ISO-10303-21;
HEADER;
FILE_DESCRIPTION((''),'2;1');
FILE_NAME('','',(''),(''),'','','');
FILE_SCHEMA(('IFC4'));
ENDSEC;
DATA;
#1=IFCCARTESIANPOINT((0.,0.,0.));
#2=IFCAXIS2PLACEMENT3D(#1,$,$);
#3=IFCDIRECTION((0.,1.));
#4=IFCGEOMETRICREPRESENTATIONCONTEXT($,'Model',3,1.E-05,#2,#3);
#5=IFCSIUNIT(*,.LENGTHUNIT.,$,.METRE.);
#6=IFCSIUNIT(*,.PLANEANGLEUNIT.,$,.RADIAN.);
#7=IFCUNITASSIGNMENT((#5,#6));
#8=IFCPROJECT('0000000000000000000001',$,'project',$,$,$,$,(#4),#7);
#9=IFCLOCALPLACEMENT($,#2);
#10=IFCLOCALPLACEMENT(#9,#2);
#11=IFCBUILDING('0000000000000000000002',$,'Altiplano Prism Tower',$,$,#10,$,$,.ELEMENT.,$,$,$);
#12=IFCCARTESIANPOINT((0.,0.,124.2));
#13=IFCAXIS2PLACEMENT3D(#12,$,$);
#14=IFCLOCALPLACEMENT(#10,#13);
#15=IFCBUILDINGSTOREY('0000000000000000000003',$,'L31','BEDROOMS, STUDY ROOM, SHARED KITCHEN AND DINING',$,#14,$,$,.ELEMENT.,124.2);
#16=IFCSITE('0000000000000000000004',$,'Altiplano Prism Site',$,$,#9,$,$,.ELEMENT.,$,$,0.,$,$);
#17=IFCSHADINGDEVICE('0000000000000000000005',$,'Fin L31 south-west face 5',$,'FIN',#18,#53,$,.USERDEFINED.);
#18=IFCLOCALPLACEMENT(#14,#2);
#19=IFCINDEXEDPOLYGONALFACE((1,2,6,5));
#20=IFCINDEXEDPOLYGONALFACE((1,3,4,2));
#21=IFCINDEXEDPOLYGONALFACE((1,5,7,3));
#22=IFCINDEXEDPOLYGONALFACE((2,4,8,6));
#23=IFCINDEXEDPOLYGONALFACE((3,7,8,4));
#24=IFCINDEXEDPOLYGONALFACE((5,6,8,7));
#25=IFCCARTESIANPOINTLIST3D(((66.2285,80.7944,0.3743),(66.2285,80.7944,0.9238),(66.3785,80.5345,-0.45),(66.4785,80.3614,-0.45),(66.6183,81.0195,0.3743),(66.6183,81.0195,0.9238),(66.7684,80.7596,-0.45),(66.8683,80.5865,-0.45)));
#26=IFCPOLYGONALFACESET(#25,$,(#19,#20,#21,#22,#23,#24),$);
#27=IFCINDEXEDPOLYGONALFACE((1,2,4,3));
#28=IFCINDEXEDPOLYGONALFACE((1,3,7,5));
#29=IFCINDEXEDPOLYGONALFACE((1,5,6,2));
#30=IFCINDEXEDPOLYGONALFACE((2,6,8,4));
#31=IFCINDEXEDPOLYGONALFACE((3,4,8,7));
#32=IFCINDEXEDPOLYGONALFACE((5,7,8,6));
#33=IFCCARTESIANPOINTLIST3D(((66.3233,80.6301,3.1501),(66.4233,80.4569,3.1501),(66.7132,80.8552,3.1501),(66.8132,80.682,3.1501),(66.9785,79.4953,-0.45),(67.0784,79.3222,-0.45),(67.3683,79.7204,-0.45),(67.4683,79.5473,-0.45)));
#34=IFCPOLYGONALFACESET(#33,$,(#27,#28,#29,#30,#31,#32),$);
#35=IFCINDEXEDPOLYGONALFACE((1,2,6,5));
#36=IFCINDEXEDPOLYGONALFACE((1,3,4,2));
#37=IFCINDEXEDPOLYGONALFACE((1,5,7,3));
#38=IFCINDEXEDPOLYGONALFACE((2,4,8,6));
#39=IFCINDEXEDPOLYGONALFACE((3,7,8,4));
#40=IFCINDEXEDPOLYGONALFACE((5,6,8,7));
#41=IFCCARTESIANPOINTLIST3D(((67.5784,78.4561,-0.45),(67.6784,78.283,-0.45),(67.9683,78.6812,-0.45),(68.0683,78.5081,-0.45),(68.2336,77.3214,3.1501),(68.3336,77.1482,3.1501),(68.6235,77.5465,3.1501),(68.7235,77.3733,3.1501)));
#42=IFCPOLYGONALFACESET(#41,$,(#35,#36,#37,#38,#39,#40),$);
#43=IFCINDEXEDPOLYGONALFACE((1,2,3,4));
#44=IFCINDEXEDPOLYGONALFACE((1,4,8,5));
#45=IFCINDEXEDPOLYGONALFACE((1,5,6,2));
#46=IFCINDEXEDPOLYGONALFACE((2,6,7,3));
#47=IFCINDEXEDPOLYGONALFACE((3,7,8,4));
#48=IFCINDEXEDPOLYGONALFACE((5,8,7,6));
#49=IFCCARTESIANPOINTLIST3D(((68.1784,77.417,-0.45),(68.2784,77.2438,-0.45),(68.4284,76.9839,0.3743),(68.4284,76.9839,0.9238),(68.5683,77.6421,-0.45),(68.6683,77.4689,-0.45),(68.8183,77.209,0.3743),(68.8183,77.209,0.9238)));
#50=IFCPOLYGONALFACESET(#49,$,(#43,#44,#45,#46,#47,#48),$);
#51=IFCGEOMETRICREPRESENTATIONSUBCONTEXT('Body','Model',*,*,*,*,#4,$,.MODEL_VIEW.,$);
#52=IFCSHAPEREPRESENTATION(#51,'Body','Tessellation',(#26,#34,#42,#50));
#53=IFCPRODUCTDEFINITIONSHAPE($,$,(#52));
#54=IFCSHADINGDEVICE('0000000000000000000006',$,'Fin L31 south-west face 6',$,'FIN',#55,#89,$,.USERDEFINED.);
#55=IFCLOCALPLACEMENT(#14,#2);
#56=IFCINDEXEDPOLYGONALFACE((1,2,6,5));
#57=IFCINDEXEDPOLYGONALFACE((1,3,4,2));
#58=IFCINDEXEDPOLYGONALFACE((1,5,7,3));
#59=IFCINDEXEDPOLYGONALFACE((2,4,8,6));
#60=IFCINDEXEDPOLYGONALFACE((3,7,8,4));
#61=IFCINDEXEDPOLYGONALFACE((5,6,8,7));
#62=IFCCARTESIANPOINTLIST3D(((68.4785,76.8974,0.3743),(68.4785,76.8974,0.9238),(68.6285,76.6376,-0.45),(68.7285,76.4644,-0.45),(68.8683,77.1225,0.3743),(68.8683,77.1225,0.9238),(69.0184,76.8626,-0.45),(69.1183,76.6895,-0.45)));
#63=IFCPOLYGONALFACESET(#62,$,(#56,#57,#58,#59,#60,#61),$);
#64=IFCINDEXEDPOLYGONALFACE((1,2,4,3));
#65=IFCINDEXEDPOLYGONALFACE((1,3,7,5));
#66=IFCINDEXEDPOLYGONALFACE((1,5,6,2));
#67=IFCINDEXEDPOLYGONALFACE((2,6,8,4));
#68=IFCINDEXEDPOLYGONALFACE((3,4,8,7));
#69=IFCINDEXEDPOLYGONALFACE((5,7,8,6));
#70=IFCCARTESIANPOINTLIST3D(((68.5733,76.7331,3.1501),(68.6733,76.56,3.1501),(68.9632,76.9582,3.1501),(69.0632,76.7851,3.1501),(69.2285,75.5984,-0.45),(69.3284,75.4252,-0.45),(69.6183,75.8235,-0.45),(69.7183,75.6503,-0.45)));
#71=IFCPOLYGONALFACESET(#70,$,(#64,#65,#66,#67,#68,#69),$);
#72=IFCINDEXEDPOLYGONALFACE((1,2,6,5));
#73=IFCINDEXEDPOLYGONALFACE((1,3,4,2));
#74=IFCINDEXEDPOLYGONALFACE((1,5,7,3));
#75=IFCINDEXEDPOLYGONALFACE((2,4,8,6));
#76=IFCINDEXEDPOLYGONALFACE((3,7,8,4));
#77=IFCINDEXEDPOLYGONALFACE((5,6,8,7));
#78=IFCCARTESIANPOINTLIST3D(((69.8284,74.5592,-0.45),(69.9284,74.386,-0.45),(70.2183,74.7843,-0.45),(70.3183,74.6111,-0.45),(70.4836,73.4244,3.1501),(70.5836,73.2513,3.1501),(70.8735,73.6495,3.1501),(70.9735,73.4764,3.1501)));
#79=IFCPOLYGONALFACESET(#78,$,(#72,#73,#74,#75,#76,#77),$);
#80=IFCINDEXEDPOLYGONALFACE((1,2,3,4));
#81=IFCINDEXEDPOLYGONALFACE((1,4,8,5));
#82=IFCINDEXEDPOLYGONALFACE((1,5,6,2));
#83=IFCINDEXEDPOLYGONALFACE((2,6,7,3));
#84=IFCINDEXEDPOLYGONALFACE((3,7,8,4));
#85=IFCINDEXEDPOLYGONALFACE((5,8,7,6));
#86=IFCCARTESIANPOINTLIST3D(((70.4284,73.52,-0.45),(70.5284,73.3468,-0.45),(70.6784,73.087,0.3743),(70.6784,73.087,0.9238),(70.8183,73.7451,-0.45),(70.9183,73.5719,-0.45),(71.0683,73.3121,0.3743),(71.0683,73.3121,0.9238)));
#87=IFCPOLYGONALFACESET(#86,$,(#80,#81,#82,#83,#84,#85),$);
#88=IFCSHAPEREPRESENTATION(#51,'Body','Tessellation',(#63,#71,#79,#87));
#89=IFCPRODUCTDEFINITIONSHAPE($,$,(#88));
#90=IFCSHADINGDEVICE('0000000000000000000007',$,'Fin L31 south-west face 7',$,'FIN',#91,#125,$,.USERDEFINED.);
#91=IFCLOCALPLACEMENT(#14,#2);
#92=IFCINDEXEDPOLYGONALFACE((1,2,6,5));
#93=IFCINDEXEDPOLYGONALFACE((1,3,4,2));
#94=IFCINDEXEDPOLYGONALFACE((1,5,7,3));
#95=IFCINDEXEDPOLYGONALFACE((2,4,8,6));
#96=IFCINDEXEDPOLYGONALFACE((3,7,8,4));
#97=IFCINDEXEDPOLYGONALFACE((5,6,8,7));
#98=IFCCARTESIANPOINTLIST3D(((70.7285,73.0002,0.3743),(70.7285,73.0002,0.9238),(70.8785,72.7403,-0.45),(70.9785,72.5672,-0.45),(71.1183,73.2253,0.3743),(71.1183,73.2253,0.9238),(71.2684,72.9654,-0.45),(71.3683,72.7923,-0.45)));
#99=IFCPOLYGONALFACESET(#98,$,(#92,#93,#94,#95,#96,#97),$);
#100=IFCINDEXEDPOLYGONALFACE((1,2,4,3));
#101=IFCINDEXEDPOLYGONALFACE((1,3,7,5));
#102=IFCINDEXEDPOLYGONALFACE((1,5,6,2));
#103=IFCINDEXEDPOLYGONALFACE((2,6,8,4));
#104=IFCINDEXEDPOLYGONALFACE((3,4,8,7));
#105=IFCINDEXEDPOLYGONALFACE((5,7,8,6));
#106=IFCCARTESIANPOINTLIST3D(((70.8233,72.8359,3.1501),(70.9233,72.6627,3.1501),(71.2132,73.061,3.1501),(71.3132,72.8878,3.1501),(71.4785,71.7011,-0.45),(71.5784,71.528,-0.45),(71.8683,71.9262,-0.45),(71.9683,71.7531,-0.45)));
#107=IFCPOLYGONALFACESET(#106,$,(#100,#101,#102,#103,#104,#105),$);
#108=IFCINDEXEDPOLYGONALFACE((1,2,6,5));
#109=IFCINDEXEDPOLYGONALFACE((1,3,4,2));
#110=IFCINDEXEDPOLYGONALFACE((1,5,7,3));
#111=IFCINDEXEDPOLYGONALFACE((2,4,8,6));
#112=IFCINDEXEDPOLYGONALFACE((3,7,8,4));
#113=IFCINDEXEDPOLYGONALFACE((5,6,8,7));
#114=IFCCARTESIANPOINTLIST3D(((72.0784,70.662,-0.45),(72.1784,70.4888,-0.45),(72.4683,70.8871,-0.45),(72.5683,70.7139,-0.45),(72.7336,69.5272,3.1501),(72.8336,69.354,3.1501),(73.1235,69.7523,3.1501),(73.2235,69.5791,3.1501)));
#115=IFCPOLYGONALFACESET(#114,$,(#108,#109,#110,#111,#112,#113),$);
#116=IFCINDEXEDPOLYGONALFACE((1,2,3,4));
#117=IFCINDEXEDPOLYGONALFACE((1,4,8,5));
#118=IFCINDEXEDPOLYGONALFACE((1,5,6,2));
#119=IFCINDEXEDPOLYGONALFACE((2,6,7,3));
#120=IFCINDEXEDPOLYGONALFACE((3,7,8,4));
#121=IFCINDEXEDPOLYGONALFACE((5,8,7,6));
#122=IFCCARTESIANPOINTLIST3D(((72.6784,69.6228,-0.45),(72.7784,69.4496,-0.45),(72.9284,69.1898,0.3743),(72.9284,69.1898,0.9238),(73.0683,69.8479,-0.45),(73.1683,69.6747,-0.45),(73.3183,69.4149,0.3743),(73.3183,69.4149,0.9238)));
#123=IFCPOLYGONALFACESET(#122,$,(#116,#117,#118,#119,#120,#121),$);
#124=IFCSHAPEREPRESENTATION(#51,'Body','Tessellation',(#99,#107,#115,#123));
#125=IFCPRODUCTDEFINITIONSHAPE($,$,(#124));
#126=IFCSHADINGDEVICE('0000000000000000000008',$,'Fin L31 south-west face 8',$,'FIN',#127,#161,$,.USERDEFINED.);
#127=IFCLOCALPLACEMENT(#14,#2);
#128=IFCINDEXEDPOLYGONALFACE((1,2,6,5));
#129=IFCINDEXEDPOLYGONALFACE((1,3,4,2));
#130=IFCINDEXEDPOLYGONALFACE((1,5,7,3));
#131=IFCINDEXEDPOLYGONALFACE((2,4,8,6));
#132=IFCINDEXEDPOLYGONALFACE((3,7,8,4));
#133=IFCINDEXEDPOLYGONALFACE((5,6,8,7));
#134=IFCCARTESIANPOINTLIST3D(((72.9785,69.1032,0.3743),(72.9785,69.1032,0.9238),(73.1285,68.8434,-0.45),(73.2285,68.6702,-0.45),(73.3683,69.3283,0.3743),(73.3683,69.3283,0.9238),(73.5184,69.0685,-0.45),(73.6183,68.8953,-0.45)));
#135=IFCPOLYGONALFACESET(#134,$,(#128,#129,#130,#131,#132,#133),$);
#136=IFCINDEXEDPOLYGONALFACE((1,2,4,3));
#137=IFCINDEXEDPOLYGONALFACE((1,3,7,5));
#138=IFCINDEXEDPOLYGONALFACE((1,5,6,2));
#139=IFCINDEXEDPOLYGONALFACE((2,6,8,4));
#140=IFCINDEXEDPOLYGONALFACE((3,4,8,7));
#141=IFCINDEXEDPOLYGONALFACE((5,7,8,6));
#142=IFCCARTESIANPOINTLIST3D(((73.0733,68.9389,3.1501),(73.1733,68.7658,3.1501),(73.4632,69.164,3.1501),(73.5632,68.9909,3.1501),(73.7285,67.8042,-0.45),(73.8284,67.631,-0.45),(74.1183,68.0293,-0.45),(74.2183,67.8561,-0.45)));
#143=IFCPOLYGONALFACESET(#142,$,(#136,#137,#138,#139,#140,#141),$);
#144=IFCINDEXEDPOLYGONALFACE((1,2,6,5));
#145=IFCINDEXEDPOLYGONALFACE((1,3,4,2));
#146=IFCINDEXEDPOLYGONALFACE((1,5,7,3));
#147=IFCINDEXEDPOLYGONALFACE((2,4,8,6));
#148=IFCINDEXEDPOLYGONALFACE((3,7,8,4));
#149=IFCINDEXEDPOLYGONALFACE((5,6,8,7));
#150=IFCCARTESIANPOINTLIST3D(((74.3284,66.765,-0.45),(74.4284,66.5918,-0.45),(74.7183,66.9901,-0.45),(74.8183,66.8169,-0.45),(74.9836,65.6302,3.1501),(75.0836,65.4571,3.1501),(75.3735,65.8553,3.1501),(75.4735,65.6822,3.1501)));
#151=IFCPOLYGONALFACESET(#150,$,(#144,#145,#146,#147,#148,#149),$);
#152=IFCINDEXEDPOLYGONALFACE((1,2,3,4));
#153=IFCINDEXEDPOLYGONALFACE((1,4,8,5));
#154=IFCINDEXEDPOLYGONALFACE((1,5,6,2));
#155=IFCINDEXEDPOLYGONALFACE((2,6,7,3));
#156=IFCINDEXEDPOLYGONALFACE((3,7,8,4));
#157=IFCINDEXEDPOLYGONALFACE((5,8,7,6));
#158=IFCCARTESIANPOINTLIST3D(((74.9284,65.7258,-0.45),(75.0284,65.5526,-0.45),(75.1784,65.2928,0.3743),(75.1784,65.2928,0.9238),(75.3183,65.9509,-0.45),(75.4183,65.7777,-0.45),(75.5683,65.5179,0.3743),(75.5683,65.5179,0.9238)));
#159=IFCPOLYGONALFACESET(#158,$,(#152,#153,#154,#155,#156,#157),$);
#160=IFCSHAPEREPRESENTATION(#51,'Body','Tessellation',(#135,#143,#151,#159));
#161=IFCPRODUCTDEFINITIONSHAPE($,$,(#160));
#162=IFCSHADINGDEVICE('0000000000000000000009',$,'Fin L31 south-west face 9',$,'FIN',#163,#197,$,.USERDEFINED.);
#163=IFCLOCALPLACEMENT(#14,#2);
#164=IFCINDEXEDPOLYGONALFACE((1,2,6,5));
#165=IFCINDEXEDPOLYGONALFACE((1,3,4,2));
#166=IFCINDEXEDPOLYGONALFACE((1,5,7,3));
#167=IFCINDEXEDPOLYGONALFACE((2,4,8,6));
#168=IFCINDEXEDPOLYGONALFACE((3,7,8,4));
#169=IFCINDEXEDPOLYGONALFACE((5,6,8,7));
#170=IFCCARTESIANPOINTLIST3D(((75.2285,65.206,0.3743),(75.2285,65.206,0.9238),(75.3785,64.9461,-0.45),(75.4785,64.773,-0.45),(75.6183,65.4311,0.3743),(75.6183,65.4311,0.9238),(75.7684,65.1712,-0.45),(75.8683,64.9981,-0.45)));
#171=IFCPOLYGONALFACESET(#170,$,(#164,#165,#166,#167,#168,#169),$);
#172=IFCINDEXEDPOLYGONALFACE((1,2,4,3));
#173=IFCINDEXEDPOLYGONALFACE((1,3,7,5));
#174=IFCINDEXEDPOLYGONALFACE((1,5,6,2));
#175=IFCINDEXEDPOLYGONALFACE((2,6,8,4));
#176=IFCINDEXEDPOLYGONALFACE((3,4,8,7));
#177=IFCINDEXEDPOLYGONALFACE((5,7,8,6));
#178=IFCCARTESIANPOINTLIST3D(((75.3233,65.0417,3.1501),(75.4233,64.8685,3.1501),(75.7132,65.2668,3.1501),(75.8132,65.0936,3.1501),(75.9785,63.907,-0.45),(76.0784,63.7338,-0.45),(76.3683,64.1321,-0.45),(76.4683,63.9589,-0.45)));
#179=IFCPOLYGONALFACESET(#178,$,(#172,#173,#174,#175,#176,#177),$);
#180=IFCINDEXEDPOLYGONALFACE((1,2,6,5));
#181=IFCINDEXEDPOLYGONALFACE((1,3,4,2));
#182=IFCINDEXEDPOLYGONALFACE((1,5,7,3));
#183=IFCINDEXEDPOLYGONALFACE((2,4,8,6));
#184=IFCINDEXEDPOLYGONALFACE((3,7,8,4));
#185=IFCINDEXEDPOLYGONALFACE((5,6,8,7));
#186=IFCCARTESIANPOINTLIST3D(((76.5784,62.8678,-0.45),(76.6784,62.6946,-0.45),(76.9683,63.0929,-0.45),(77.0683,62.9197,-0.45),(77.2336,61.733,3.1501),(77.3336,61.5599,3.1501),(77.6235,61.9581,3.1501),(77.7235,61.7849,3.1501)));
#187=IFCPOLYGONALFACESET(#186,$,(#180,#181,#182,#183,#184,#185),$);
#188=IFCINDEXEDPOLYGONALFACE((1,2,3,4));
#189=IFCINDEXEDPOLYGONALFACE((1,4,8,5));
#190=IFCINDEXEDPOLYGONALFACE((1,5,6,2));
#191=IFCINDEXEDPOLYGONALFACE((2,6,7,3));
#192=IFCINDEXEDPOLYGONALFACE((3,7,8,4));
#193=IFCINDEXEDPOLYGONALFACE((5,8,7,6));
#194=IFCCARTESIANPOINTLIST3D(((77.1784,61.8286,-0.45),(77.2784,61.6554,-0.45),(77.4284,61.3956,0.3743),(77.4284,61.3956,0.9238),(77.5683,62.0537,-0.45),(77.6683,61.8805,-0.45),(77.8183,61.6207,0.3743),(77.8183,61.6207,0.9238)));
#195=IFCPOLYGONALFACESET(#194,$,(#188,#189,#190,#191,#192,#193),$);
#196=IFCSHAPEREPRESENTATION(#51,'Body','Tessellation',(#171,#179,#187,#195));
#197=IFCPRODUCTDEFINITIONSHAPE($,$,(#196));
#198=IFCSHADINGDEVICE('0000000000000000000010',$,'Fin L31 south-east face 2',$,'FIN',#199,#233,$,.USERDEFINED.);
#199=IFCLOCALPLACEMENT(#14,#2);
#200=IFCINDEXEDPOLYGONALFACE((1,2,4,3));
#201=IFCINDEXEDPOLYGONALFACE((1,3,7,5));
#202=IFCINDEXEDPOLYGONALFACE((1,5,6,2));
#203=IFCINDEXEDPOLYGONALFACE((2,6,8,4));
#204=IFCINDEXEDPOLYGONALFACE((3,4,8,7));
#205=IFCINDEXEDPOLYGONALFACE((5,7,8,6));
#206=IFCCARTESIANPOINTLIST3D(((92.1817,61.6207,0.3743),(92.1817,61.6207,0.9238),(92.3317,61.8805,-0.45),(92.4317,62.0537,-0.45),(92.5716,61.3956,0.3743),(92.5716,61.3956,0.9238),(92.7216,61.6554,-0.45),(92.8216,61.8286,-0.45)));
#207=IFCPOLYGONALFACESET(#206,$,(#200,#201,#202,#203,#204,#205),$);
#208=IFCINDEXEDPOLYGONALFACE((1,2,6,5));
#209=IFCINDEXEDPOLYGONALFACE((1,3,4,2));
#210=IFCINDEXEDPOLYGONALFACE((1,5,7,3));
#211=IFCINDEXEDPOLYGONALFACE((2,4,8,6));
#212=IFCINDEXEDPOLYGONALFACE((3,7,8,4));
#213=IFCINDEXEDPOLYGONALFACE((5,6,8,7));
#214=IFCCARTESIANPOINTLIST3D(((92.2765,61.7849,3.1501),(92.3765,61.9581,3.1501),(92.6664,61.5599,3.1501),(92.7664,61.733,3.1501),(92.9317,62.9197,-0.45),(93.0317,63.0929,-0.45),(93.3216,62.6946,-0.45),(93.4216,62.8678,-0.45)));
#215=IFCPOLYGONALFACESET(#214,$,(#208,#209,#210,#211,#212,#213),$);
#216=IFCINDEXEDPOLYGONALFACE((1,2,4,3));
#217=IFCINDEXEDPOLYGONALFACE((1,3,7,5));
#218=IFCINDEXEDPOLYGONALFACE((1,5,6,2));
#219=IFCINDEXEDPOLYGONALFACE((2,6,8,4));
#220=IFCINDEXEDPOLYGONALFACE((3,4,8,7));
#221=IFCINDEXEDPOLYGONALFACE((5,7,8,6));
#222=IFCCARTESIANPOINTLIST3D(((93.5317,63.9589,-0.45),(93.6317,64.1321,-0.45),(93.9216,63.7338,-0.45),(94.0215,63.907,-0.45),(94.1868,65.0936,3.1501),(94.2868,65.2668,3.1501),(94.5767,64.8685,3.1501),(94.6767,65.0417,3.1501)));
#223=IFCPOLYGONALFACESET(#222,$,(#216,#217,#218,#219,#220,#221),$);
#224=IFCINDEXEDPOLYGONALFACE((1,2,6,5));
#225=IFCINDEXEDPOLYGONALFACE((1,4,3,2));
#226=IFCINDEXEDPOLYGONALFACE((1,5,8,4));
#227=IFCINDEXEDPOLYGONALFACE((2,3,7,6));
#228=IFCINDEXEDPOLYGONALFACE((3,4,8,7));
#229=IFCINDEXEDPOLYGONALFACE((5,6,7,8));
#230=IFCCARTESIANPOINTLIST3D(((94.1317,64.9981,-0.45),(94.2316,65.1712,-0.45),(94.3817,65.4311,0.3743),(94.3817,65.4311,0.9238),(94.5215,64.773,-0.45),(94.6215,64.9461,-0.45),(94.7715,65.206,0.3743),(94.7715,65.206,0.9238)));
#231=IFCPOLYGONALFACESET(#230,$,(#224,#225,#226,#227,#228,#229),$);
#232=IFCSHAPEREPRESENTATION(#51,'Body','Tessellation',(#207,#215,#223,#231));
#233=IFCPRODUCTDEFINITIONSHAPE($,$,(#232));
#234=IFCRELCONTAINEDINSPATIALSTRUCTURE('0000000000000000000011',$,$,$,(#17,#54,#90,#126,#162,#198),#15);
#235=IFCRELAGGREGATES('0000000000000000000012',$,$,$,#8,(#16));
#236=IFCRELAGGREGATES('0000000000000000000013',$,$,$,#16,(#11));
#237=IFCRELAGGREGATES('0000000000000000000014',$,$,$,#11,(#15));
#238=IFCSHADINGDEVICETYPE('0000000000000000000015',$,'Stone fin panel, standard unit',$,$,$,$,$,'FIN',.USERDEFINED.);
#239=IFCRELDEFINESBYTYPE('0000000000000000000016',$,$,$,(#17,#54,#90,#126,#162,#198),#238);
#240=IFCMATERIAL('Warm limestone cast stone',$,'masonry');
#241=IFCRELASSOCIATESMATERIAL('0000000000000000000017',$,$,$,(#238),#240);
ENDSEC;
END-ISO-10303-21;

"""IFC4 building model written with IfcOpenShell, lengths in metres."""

from ifc_helpers import new_model, si_unit, direction, frame, origin, place, context, subcontext, project, spatial, polyline, outline, extrude, source, transform, mapped, material, type_object, element, save


model = new_model("IFC4")

# Units and contexts
model_context = context("Model", 3, precision=1e-05, world=origin(), true_north=direction((0.0, 1.0)))
body_context = subcontext(model_context, "Body", "Model", "MODEL_VIEW")
ifc_project = project(units=[si_unit("LENGTHUNIT", "METRE"), si_unit("PLANEANGLEUNIT", "RADIAN")], contexts=[model_context])

# Site, building, storey
site_placement = place(None, origin())
site = spatial("IfcSite", under=ifc_project, at=site_placement, Name="Altiplano Prism Site", CompositionType="ELEMENT", RefElevation=0.0)
building_placement = place(site_placement, origin())
building = spatial("IfcBuilding", under=site, at=building_placement, Name="Altiplano Prism Tower", CompositionType="ELEMENT")
storey_placement = place(building_placement, frame((0.0, 0.0, 124.2)))
storey = spatial("IfcBuildingStorey", under=building, at=storey_placement, Name="L31", Description="BEDROOMS, STUDY ROOM, SHARED KITCHEN AND DINING", CompositionType="ELEMENT", Elevation=124.2)

# Shading devices
ifc_material_1 = material(Name="Warm limestone cast stone", Category="masonry")
shading_device_type_1 = type_object("IfcShadingDeviceType", Name="Stone fin panel, standard unit", ElementType="FIN", PredefinedType="USERDEFINED", material=ifc_material_1)
shared_shape_1 = source(origin(), body_context, "Body", "SweptSolid", [
    extrude(outline(polyline([(-2.2, 1.3738), (-2.2, 0.8242), (-1.8999, 0.0), (-1.7, 0.0), (-2.2, 1.3738)])), frame((0.0, -0.1499, 0.0), z_axis=(0.0, -1.0, 0.0), x_axis=(1.0, 0.0, 0.0)), (0.0, 0.0, 1.0), 0.4502),
    extrude(outline(polyline([(-2.0103, 3.6001), (-0.7, 0.0), (-0.5, 0.0), (-1.8103, 3.6001), (-2.0103, 3.6001)])), frame((0.0, -0.1499, 0.0), z_axis=(0.0, -1.0, 0.0), x_axis=(1.0, 0.0, 0.0)), (0.0, 0.0, 1.0), 0.4502),
    extrude(outline(polyline([(1.8103, 3.6001), (0.5, 0.0), (0.7, 0.0), (2.0103, 3.6001), (1.8103, 3.6001)])), frame((0.0, -0.1499, 0.0), z_axis=(0.0, -1.0, 0.0), x_axis=(1.0, 0.0, 0.0)), (0.0, 0.0, 1.0), 0.4502),
    extrude(outline(polyline([(2.2, 0.8242), (2.2, 1.3738), (1.7, 0.0), (1.8999, 0.0), (2.2, 0.8242)])), frame((0.0, -0.1499, 0.0), z_axis=(0.0, -1.0, 0.0), x_axis=(1.0, 0.0, 0.0)), (0.0, 0.0, 1.0), 0.4502),
])
shading_device_1_placement = place(storey_placement, origin())
element("IfcShadingDevice", 1, at=shading_device_1_placement, inside=storey, type_object=shading_device_type_1, Name="Fin L31 south-west face 5", ObjectType="FIN", PredefinedType="USERDEFINED", context=body_context, shape_type="MappedRepresentation", body=[
    mapped(shared_shape_1, transform((67.8481, 79.1892, -0.45), x_axis=(0.5, -0.866025, 0.0), y_axis=(0.866025, 0.5, 0.0), z_axis=(0.0, 0.0, 1.0))),
])
shading_device_2_placement = place(storey_placement, origin())
element("IfcShadingDevice", 2, at=shading_device_2_placement, inside=storey, type_object=shading_device_type_1, Name="Fin L31 south-west face 6", ObjectType="FIN", PredefinedType="USERDEFINED", context=body_context, shape_type="MappedRepresentation", body=[
    mapped(shared_shape_1, transform((70.0981, 75.2922, -0.45), x_axis=(0.5, -0.866025, 0.0), y_axis=(0.866025, 0.5, 0.0), z_axis=(0.0, 0.0, 1.0))),
])
shading_device_3_placement = place(storey_placement, origin())
element("IfcShadingDevice", 3, at=shading_device_3_placement, inside=storey, type_object=shading_device_type_1, Name="Fin L31 south-west face 7", ObjectType="FIN", PredefinedType="USERDEFINED", context=body_context, shape_type="MappedRepresentation", body=[
    mapped(shared_shape_1, transform((72.3481, 71.395, -0.45), x_axis=(0.5, -0.866025, 0.0), y_axis=(0.866025, 0.5, 0.0), z_axis=(0.0, 0.0, 1.0))),
])
shading_device_4_placement = place(storey_placement, origin())
element("IfcShadingDevice", 4, at=shading_device_4_placement, inside=storey, type_object=shading_device_type_1, Name="Fin L31 south-west face 8", ObjectType="FIN", PredefinedType="USERDEFINED", context=body_context, shape_type="MappedRepresentation", body=[
    mapped(shared_shape_1, transform((74.5981, 67.498, -0.45), x_axis=(0.5, -0.866025, 0.0), y_axis=(0.866025, 0.5, 0.0), z_axis=(0.0, 0.0, 1.0))),
])
shading_device_5_placement = place(storey_placement, origin())
element("IfcShadingDevice", 5, at=shading_device_5_placement, inside=storey, type_object=shading_device_type_1, Name="Fin L31 south-west face 9", ObjectType="FIN", PredefinedType="USERDEFINED", context=body_context, shape_type="MappedRepresentation", body=[
    mapped(shared_shape_1, transform((76.8481, 63.6008, -0.45), x_axis=(0.5, -0.866025, 0.0), y_axis=(0.866025, 0.5, 0.0), z_axis=(0.0, 0.0, 1.0))),
])
shading_device_6_placement = place(storey_placement, origin())
element("IfcShadingDevice", 6, at=shading_device_6_placement, inside=storey, type_object=shading_device_type_1, Name="Fin L31 south-east face 2", ObjectType="FIN", PredefinedType="USERDEFINED", context=body_context, shape_type="MappedRepresentation", body=[
    mapped(shared_shape_1, transform((93.1519, 63.6008, -0.45), x_axis=(0.5, 0.866025, 0.0), y_axis=(-0.866025, 0.5, 0.0), z_axis=(0.0, 0.0, 1.0))),
])

save(model, "model.ifc")
